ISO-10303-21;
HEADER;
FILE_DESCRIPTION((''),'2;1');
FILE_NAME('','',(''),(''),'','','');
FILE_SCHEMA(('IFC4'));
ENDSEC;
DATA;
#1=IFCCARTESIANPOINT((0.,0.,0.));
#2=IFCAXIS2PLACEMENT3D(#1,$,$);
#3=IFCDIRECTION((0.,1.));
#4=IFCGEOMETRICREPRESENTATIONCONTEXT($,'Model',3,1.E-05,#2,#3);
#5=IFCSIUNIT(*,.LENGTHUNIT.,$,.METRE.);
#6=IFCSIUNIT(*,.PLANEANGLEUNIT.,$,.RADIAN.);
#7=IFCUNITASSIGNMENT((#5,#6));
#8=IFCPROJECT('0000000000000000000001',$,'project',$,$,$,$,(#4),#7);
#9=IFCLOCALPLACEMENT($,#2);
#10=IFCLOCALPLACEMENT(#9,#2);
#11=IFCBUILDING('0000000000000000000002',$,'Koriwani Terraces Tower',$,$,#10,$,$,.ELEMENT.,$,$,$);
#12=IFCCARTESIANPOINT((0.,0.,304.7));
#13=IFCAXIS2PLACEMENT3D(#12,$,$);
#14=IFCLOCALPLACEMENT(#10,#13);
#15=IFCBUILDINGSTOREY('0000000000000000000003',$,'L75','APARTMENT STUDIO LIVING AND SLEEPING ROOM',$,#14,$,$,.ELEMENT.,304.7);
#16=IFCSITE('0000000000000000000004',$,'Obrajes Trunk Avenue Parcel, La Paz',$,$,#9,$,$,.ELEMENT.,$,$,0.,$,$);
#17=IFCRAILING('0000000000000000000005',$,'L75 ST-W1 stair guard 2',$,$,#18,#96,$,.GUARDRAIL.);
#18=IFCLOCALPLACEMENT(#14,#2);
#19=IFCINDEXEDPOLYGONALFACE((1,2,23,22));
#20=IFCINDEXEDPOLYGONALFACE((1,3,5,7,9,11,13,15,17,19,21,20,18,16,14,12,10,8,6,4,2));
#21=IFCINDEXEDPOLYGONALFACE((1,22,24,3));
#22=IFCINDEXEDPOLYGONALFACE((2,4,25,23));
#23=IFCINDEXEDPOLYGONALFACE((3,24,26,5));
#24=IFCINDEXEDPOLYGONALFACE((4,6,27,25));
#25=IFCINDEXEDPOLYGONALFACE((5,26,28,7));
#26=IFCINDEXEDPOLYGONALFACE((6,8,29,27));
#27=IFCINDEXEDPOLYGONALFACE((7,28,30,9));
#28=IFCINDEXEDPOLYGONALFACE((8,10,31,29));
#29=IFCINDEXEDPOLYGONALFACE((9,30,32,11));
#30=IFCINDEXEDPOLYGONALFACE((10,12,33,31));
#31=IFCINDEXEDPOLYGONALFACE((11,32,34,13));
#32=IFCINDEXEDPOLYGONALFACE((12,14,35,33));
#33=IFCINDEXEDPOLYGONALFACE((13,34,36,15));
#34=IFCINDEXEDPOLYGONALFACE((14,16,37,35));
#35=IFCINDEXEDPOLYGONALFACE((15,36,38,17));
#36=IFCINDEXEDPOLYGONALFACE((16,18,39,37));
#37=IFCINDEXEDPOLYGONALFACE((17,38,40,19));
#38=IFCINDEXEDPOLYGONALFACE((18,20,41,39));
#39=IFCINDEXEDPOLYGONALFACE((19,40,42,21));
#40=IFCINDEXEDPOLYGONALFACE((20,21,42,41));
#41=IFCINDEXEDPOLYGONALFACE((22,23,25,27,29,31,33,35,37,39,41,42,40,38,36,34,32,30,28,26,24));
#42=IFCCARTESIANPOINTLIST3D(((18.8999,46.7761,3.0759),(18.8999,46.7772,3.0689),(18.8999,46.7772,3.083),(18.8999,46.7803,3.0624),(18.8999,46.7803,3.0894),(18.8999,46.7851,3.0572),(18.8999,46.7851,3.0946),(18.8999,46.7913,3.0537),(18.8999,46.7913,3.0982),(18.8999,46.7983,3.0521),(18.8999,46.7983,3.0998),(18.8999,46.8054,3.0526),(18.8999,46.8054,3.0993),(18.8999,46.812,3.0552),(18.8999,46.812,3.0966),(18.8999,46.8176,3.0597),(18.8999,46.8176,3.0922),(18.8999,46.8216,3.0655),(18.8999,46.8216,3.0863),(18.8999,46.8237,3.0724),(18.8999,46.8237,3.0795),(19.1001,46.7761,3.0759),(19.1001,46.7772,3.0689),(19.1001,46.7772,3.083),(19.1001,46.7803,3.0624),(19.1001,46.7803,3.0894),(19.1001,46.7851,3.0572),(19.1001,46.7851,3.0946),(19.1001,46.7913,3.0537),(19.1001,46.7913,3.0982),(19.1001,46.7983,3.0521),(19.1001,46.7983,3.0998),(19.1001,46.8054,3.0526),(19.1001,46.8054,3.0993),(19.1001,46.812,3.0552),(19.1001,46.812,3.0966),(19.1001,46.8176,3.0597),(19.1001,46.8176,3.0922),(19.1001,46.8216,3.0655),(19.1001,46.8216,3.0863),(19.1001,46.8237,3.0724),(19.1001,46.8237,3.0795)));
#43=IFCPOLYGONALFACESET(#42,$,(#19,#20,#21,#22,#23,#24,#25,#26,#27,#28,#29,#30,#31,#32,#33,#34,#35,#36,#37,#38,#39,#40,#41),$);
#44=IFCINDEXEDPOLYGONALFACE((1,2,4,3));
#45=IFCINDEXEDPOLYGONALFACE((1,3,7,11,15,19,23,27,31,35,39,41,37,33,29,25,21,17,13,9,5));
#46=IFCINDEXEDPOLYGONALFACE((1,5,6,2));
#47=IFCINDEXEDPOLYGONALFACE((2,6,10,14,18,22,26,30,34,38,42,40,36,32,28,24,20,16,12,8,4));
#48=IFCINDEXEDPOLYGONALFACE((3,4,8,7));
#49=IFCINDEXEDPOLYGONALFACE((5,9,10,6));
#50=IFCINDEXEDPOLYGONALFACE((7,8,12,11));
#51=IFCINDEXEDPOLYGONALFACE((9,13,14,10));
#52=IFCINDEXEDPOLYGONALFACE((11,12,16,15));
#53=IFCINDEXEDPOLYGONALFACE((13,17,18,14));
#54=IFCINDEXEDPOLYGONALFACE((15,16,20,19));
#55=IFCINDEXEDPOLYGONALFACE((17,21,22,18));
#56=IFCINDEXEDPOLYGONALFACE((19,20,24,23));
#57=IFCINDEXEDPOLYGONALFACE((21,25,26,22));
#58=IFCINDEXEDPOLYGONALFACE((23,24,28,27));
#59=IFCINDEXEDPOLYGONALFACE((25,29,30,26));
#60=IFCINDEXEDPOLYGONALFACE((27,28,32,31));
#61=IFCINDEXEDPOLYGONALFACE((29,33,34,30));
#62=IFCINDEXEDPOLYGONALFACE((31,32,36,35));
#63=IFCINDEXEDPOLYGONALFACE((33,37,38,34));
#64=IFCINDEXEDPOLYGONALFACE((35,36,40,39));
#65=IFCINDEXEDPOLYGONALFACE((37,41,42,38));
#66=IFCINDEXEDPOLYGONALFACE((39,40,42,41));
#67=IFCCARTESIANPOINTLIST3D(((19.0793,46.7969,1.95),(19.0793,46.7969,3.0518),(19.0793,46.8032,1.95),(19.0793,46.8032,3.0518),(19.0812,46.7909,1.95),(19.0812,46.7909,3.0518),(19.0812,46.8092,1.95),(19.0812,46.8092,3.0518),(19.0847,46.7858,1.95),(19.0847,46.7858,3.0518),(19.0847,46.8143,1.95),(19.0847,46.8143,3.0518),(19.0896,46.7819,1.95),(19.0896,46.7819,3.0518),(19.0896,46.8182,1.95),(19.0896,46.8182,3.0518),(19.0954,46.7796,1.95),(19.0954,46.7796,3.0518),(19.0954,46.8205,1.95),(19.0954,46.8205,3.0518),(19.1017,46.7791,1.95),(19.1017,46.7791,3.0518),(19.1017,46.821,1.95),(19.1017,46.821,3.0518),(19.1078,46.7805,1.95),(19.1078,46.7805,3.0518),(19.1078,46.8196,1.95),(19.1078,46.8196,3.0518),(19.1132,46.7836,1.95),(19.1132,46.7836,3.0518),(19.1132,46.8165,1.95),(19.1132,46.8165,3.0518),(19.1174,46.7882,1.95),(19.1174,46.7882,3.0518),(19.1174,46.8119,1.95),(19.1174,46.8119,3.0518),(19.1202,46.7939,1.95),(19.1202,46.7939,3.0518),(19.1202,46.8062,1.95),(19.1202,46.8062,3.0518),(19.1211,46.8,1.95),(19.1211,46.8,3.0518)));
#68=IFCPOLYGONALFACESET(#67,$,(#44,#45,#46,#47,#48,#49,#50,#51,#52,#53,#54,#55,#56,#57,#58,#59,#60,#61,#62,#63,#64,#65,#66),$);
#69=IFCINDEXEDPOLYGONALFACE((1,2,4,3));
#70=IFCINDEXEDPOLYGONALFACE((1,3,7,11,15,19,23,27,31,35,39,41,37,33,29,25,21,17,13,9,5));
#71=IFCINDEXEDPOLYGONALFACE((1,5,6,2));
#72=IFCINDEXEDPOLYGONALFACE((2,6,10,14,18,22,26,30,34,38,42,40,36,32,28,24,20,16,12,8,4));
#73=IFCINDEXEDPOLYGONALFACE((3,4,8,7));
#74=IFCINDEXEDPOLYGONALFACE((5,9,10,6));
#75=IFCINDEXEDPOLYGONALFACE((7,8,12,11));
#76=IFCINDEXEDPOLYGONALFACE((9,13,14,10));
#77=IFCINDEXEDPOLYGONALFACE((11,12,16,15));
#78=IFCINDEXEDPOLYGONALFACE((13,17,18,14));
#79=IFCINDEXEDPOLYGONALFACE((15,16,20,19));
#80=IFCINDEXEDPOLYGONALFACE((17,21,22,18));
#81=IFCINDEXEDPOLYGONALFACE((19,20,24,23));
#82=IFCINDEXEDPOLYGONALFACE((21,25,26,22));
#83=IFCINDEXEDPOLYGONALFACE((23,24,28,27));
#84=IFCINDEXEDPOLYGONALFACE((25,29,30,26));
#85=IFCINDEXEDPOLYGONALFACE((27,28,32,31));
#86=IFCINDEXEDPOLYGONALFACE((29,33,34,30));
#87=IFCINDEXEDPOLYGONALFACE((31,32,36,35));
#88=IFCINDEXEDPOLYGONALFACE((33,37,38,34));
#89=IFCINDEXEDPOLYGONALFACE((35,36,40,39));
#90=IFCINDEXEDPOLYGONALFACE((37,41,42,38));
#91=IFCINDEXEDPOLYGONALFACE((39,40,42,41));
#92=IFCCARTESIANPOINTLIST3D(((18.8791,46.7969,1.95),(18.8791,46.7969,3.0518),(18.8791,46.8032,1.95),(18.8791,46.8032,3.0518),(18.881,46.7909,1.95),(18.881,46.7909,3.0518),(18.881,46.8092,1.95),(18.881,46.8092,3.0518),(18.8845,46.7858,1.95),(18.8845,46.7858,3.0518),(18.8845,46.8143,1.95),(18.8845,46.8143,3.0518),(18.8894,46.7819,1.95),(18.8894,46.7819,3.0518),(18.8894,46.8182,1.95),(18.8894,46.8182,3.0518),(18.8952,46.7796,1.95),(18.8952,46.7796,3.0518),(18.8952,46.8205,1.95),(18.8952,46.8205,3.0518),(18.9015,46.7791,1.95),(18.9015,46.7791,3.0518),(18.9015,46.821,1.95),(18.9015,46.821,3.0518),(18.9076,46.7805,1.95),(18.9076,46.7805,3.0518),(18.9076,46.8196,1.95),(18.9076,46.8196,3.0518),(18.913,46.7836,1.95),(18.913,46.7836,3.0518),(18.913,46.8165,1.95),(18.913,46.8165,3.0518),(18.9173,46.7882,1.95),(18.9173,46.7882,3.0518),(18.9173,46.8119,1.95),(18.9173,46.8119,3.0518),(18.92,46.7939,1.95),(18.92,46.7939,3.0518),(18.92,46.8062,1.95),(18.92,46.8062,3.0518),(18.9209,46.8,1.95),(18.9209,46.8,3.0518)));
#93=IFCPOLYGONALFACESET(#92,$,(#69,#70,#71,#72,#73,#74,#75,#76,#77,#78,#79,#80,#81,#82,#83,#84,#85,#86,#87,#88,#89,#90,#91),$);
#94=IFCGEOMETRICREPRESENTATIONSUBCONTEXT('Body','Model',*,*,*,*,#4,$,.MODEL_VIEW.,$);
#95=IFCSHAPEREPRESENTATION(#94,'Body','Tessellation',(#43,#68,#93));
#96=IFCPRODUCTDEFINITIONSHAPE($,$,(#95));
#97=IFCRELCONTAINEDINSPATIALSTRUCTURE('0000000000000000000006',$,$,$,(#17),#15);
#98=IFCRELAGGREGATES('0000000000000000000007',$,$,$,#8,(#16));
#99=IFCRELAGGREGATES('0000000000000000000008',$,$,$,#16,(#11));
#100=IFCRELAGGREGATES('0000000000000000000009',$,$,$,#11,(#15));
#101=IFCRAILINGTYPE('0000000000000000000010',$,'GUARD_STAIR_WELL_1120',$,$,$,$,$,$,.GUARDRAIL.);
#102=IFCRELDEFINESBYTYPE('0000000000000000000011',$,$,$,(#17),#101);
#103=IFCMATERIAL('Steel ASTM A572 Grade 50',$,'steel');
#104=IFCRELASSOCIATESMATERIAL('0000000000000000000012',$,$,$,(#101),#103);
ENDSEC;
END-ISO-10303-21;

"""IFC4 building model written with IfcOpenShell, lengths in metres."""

from ifc_helpers import new_model, si_unit, direction, frame, origin, origin_2d, place, context, subcontext, project, spatial, circle, extrude, material, type_object, element, save


model = new_model("IFC4")

# Units and contexts
model_context = context("Model", 3, precision=1e-05, world=origin(), true_north=direction((0.0, 1.0)))
body_context = subcontext(model_context, "Body", "Model", "MODEL_VIEW")
ifc_project = project(units=[si_unit("LENGTHUNIT", "METRE"), si_unit("PLANEANGLEUNIT", "RADIAN")], contexts=[model_context])

# Site, building, storey
site_placement = place(None, origin())
site = spatial("IfcSite", under=ifc_project, at=site_placement, Name="Obrajes Trunk Avenue Parcel, La Paz", CompositionType="ELEMENT", RefElevation=0.0)
building_placement = place(site_placement, origin())
building = spatial("IfcBuilding", under=site, at=building_placement, Name="Koriwani Terraces Tower", CompositionType="ELEMENT")
storey_placement = place(building_placement, frame((0.0, 0.0, 304.7)))
storey = spatial("IfcBuildingStorey", under=building, at=storey_placement, Name="L75", Description="APARTMENT STUDIO LIVING AND SLEEPING ROOM", CompositionType="ELEMENT", Elevation=304.7)

# Shared definitions
ifc_material_1 = material(Name="Steel ASTM A572 Grade 50", Category="steel")

# Railing
railing_type_1 = type_object("IfcRailingType", Name="GUARD_STAIR_WELL_1120", PredefinedType="GUARDRAIL", material=ifc_material_1)
railing_1_placement = place(storey_placement, frame((19.1001, 46.8, 1.95)))
element("IfcRailing", 1, at=railing_1_placement, inside=storey, type_object=railing_type_1, Name="L75 ST-W1 stair guard 2", PredefinedType="GUARDRAIL", context=body_context, shape_type="SweptSolid", body=[
    extrude(circle(Radius=0.0239, at=origin_2d()), frame((0.0, 0.0, 1.126), z_axis=(-1.0, 0.0, 0.0), x_axis=(0.0, -1.0, 0.0)), (0.0, 0.0, 1.0), 0.2002),
    extrude(circle(Radius=0.021, at=origin_2d()), origin(), (0.0, 0.0, 1.0), 1.1018),
    extrude(circle(Radius=0.021, at=origin_2d()), frame((-0.2002, 0.0, 0.0)), (0.0, 0.0, 1.0), 1.1018),
])

save(model, "model.ifc")
